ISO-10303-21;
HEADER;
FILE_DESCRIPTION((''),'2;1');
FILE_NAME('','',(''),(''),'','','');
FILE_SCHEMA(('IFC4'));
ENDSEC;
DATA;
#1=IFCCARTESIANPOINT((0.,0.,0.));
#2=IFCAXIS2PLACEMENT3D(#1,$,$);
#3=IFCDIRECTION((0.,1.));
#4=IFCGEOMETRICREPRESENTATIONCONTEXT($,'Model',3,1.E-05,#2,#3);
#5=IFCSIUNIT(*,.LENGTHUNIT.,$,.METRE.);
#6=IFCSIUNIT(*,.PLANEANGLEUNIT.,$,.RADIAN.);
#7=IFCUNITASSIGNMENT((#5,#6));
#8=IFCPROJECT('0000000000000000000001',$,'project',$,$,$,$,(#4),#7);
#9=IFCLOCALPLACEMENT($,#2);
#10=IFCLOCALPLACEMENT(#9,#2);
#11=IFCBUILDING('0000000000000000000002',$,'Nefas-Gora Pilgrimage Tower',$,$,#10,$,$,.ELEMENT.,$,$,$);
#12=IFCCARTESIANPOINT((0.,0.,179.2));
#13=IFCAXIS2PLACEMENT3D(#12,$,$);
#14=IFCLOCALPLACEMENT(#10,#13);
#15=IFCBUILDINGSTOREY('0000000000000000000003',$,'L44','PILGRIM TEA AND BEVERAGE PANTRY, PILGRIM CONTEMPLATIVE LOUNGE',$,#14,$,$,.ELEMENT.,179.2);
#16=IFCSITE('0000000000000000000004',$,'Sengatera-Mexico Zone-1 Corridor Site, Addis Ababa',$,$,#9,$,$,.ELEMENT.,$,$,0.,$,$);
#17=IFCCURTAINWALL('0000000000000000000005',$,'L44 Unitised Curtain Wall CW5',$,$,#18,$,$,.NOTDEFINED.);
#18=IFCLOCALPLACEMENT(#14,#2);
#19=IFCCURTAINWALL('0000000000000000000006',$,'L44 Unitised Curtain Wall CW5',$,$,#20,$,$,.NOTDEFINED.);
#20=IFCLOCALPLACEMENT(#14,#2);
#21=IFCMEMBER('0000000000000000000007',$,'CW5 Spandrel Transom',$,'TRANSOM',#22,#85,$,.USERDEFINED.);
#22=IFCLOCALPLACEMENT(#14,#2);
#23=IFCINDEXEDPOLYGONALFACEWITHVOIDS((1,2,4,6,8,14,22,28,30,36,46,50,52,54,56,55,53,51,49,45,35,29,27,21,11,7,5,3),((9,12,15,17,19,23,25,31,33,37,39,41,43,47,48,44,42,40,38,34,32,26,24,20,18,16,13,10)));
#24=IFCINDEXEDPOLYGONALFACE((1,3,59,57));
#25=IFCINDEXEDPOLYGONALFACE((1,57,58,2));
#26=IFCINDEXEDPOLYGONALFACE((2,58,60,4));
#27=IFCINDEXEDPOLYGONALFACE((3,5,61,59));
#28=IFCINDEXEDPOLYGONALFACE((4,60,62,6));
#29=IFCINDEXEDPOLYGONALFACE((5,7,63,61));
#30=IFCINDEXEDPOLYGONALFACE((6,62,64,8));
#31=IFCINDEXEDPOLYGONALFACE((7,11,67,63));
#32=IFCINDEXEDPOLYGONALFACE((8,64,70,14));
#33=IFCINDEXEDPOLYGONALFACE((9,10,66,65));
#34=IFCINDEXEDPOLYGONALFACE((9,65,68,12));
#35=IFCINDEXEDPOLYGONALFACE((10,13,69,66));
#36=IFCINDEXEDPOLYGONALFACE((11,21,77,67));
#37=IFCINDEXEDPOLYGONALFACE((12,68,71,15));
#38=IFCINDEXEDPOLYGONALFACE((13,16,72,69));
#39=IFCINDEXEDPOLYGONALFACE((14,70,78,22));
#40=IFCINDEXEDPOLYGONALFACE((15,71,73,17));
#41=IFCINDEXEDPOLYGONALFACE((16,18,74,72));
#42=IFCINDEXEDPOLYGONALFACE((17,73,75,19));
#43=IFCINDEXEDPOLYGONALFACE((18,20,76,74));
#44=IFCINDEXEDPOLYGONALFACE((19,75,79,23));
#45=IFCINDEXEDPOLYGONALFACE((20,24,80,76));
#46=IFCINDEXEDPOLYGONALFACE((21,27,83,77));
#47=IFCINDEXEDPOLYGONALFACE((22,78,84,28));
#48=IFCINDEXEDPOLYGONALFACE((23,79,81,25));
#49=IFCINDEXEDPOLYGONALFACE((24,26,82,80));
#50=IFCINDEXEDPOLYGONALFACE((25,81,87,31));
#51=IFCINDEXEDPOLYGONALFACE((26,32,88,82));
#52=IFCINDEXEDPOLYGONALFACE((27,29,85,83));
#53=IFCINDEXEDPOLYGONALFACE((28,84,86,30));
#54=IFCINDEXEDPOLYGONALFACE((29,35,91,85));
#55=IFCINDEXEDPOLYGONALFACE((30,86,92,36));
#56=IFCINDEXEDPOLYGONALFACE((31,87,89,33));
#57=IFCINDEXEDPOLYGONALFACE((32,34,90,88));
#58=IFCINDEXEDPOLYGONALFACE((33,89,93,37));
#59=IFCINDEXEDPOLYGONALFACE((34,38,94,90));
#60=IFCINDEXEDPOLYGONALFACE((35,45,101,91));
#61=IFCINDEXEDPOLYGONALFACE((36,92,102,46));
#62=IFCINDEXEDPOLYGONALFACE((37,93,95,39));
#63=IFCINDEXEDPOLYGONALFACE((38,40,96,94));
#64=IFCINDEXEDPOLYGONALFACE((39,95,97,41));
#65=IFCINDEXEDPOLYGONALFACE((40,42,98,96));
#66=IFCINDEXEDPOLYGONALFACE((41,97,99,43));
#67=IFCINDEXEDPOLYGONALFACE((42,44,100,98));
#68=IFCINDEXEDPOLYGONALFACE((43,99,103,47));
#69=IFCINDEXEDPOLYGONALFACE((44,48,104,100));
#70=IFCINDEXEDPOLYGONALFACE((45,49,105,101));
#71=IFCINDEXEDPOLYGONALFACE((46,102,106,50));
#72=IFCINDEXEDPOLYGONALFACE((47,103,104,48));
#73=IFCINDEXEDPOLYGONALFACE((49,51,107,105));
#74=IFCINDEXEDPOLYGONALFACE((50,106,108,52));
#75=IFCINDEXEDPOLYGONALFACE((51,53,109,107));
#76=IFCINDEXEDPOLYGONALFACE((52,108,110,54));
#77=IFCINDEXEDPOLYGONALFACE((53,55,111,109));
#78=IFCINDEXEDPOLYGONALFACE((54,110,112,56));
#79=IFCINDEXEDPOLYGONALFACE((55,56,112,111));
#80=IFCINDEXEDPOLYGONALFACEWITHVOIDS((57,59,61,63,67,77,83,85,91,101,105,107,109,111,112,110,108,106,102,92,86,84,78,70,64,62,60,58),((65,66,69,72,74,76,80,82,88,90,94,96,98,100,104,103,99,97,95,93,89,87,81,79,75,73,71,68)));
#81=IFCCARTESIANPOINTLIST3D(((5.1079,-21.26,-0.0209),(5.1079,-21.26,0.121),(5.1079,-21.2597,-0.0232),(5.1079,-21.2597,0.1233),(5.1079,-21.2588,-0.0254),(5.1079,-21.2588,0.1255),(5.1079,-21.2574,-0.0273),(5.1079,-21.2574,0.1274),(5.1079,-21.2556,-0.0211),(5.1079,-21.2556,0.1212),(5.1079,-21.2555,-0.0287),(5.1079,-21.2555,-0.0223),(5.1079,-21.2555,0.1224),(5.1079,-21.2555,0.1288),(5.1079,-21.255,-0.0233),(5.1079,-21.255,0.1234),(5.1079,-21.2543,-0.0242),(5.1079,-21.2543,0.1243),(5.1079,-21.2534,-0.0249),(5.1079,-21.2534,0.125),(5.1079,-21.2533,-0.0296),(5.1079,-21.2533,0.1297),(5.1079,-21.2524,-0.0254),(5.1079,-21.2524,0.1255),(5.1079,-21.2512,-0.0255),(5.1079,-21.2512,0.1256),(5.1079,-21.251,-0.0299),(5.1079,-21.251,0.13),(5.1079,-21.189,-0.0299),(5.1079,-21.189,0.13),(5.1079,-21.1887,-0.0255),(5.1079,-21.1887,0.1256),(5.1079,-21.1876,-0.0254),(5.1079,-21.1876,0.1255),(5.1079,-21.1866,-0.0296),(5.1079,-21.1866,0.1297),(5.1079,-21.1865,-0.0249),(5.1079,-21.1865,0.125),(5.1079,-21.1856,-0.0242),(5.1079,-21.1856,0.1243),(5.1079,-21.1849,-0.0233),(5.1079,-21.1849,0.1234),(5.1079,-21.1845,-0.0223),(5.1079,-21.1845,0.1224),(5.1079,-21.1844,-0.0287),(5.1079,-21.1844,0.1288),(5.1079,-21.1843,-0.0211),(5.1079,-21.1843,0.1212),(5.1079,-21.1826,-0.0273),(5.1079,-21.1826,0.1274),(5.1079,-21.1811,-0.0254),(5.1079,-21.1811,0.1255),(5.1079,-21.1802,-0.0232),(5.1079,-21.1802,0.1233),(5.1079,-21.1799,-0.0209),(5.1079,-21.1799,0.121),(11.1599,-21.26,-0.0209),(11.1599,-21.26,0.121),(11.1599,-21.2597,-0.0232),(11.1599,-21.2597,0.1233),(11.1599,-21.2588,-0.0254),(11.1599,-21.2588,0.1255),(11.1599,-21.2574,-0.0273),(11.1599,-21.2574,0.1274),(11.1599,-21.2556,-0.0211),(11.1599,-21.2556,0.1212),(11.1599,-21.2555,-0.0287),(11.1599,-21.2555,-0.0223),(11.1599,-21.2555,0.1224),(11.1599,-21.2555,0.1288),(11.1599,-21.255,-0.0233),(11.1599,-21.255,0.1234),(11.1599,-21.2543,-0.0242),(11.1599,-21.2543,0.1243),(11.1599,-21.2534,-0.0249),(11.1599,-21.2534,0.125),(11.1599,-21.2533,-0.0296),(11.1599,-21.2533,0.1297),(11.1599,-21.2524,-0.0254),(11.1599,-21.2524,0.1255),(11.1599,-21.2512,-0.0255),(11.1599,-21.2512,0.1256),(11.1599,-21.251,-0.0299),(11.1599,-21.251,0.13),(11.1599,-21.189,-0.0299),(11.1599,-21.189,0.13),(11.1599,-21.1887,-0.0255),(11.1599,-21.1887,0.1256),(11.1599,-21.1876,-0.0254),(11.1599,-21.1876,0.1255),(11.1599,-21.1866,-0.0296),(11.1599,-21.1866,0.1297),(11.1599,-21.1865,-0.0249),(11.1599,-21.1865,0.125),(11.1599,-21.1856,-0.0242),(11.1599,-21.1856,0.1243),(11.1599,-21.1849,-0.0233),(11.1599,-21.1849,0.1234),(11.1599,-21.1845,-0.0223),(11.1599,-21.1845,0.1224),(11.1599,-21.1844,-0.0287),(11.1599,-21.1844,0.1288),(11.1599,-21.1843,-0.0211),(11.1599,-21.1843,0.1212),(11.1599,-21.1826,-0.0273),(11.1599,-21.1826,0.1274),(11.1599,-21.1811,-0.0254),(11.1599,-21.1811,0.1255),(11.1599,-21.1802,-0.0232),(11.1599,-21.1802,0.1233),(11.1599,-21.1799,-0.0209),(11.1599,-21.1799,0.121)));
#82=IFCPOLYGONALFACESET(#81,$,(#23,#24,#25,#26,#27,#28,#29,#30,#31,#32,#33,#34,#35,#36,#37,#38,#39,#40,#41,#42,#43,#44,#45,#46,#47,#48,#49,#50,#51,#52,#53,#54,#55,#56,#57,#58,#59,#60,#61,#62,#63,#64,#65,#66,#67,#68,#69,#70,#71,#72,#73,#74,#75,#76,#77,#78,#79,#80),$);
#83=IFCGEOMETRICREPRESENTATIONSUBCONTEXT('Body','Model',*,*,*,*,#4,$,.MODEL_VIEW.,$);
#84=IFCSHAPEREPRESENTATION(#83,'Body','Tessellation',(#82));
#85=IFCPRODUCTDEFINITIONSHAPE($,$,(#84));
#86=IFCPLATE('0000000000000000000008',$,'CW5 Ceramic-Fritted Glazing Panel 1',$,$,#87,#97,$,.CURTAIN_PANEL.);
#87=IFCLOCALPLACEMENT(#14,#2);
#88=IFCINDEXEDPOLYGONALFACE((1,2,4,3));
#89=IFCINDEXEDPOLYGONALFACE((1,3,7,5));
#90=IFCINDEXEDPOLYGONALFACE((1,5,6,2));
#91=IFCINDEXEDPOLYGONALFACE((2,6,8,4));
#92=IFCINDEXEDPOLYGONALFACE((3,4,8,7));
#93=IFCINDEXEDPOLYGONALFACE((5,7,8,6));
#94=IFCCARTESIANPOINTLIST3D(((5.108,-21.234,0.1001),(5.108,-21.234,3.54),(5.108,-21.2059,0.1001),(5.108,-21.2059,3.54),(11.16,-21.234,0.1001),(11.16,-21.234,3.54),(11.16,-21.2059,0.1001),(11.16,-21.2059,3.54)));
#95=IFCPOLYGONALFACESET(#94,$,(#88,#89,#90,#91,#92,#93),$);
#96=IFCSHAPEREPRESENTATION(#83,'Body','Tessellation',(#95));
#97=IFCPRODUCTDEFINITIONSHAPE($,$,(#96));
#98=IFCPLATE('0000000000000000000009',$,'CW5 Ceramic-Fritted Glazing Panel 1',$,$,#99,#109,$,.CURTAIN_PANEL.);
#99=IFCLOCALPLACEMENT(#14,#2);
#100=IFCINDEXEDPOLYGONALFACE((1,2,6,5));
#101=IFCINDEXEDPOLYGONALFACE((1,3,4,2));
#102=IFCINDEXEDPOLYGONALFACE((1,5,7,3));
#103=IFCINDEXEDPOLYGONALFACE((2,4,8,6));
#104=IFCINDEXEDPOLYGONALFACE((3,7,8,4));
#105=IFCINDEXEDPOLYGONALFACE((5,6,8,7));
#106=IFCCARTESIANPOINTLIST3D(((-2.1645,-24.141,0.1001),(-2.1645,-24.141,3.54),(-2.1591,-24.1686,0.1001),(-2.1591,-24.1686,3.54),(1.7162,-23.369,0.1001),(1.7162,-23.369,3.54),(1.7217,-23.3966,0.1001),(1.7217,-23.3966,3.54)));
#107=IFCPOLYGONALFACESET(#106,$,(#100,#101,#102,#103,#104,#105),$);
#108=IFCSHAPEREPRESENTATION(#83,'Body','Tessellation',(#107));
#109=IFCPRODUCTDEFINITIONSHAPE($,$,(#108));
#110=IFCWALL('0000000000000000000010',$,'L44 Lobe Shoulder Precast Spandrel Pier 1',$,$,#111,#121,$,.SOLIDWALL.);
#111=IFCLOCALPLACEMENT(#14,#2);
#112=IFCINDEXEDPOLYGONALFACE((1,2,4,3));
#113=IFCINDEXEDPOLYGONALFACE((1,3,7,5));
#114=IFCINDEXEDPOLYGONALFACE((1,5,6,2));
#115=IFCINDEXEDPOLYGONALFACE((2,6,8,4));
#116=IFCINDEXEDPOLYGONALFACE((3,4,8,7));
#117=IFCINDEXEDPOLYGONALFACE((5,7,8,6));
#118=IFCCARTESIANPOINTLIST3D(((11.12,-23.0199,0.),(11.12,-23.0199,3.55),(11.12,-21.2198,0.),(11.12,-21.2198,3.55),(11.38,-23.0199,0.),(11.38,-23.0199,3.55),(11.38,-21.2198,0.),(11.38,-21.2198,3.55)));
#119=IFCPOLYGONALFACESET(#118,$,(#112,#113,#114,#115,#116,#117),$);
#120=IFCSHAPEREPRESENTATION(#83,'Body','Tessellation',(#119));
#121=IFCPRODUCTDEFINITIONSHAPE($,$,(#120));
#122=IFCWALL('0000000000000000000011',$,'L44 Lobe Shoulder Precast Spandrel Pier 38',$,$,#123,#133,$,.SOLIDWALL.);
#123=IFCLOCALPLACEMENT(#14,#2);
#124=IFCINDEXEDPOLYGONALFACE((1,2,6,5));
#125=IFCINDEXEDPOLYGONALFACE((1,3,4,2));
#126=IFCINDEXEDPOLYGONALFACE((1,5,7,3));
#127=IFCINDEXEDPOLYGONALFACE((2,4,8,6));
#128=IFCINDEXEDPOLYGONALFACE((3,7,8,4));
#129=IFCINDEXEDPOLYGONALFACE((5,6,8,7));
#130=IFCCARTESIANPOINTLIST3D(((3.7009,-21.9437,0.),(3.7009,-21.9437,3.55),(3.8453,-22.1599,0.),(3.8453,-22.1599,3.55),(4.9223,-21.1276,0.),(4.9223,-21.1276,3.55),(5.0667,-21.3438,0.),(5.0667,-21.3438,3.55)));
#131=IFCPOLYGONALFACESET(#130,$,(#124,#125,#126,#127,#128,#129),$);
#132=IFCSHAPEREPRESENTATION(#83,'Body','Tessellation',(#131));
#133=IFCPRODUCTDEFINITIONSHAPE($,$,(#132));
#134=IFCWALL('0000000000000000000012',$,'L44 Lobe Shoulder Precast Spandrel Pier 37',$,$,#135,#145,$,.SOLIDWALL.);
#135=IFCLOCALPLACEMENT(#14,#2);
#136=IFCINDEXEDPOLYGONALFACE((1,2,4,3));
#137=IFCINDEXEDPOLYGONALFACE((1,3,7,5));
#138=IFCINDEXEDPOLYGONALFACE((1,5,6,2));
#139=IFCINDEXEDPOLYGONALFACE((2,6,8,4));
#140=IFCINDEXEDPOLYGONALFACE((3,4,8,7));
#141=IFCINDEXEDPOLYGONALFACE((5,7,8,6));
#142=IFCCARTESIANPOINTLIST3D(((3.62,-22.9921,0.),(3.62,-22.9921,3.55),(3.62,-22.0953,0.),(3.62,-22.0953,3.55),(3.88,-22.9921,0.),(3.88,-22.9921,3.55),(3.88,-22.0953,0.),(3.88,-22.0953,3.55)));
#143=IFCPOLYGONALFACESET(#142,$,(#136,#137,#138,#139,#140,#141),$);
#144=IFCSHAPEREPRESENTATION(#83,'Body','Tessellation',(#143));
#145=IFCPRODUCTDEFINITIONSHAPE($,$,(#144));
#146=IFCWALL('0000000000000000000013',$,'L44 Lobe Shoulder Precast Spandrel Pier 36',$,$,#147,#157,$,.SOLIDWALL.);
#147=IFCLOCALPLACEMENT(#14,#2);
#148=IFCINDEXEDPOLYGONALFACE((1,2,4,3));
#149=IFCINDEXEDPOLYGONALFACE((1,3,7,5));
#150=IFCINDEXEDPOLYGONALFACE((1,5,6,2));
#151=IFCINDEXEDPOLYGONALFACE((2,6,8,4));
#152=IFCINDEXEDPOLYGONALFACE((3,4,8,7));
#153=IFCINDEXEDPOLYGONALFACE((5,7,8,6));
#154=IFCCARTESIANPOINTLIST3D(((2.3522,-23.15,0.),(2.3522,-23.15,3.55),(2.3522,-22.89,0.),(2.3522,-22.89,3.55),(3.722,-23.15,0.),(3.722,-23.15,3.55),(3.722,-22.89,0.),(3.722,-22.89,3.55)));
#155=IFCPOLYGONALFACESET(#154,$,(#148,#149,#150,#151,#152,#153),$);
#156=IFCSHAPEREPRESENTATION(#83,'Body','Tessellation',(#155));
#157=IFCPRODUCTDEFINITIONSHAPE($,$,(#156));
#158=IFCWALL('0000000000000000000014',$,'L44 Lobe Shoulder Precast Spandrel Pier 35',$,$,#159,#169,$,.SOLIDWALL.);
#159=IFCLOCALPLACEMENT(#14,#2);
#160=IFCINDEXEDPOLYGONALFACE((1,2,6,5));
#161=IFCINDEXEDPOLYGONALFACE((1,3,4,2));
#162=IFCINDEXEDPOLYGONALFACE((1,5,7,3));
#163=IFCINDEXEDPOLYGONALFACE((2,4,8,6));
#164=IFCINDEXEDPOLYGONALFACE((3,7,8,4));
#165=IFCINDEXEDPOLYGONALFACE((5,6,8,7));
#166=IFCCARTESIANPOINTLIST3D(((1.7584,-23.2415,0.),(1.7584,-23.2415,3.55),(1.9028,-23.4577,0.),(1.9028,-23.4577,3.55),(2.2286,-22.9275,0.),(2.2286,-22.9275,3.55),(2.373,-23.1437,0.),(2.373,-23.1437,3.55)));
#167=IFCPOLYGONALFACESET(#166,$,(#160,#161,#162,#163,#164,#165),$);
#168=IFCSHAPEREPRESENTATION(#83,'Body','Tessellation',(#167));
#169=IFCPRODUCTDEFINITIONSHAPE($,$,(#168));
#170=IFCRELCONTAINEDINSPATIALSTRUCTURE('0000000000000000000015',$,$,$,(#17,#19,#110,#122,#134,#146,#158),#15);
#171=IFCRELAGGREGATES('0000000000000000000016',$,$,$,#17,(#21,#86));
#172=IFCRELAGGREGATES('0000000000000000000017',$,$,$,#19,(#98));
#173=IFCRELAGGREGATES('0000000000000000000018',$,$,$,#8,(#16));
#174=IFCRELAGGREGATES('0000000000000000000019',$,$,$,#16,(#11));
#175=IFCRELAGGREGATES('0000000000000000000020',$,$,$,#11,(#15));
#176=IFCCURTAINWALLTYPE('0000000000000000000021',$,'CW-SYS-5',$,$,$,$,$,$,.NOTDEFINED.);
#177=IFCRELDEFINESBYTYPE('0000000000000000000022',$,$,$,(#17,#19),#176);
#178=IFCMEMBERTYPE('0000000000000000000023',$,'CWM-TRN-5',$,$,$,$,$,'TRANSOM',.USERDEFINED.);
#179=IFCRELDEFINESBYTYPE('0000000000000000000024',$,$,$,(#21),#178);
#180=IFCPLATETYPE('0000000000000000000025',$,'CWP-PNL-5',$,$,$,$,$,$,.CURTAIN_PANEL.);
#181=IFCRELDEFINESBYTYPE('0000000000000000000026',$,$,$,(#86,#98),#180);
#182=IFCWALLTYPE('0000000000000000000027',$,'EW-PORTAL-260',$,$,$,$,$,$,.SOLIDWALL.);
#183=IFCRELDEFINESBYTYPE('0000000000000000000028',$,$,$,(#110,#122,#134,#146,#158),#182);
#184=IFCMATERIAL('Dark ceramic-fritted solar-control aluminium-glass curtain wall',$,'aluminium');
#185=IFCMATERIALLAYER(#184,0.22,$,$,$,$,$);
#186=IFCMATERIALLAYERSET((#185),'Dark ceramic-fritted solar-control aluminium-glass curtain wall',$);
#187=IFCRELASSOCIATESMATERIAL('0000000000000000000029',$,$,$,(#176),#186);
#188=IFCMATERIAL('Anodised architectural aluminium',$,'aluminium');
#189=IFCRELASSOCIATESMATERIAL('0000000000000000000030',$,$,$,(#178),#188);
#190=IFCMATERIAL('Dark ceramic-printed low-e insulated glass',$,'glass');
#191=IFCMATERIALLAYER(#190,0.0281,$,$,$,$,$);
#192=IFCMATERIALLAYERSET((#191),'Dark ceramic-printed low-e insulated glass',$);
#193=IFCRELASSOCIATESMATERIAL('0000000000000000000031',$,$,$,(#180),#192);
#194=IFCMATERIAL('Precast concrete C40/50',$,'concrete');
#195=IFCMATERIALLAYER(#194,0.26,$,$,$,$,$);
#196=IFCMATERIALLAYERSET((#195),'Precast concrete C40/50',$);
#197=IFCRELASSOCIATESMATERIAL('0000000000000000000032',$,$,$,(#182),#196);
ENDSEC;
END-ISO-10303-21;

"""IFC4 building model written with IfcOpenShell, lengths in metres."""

from ifc_helpers import new_model, si_unit, direction, frame, frame_2d, origin, origin_2d, place, context, subcontext, project, spatial, rectangle, hollow_rectangle, extrude, source, transform, mapped, material, layer, layer_set, material_profile, profile_set, type_object, element, aggregate, save


model = new_model("IFC4")

# Units and contexts
model_context = context("Model", 3, precision=1e-05, world=origin(), true_north=direction((0.0, 1.0)))
body_context = subcontext(model_context, "Body", "Model", "MODEL_VIEW")
ifc_project = project(units=[si_unit("LENGTHUNIT", "METRE"), si_unit("PLANEANGLEUNIT", "RADIAN")], contexts=[model_context])

# Site, building, storey
site_placement = place(None, origin())
site = spatial("IfcSite", under=ifc_project, at=site_placement, Name="Sengatera-Mexico Zone-1 Corridor Site, Addis Ababa", CompositionType="ELEMENT", RefElevation=0.0)
building_placement = place(site_placement, origin())
building = spatial("IfcBuilding", under=site, at=building_placement, Name="Nefas-Gora Pilgrimage Tower", CompositionType="ELEMENT")
storey_placement = place(building_placement, frame((0.0, 0.0, 179.2)))
storey = spatial("IfcBuildingStorey", under=building, at=storey_placement, Name="L44", Description="PILGRIM TEA AND BEVERAGE PANTRY, PILGRIM CONTEMPLATIVE LOUNGE", CompositionType="ELEMENT", Elevation=179.2)

# Curtain wall
ifc_material_1 = material(Name="Dark ceramic-fritted solar-control aluminium-glass curtain wall", Category="aluminium")
ifc_layer_1 = layer(ifc_material_1, 0.22)
ifc_layer_set_1 = layer_set([ifc_layer_1], Name="Dark ceramic-fritted solar-control aluminium-glass curtain wall")
curtain_wall_type = type_object("IfcCurtainWallType", Name="CW-SYS-5", PredefinedType="NOTDEFINED", material=ifc_layer_set_1)
curtain_wall_1_placement = place(storey_placement, origin())
curtain_wall_1 = element("IfcCurtainWall", 1, at=curtain_wall_1_placement, inside=storey, type_object=curtain_wall_type, Name="L44 Unitised Curtain Wall CW5", PredefinedType="NOTDEFINED")
ifc_material_2 = material(Name="Anodised architectural aluminium", Category="aluminium")

# Curtain wall
curtain_wall_2_placement = place(storey_placement, origin())
curtain_wall_2 = element("IfcCurtainWall", 2, at=curtain_wall_2_placement, inside=storey, type_object=curtain_wall_type, Name="L44 Unitised Curtain Wall CW5", PredefinedType="NOTDEFINED")

# Member
ifc_material_profile_1 = material_profile(ifc_material_2, hollow_rectangle(XDim=0.0801, YDim=0.1599, WallThickness=0.0044, InnerFilletRadius=0.0044, OuterFilletRadius=0.009, at=origin_2d()), Name="ALU TRANSOM 80x160")
ifc_profile_set_1 = profile_set([ifc_material_profile_1], Name="Anodised architectural aluminium")
member_type_1 = type_object("IfcMemberType", Name="CWM-TRN-5", ElementType="TRANSOM", PredefinedType="USERDEFINED", material=ifc_profile_set_1)
shared_shape_1 = source(origin(), body_context, "Body", "SweptSolid", [
    extrude(hollow_rectangle(XDim=0.0801, YDim=0.1599, WallThickness=0.0044, InnerFilletRadius=0.0044, OuterFilletRadius=0.009, at=origin_2d()), origin(), (0.0, 0.0, 1.0), 6.052),
])
member_1_placement = place(storey_placement, frame((5.1079, -21.22, 0.05), z_axis=(1.0, 0.0, 0.0), x_axis=(0.0, 1.0, 0.0)))
member_1 = element("IfcMember", 3, at=member_1_placement, type_object=member_type_1, Name="CW5 Spandrel Transom", ObjectType="TRANSOM", PredefinedType="USERDEFINED", context=body_context, shape_type="MappedRepresentation", body=[
    mapped(shared_shape_1, transform((0.0, 0.0, 0.0), x_axis=(1.0, 0.0, 0.0), y_axis=(0.0, 1.0, 0.0), z_axis=(0.0, 0.0, 1.0), scale=1.0)),
])

# Plates
ifc_material_3 = material(Name="Dark ceramic-printed low-e insulated glass", Category="glass")
ifc_layer_2 = layer(ifc_material_3, 0.0281)
ifc_layer_set_2 = layer_set([ifc_layer_2], Name="Dark ceramic-printed low-e insulated glass")
plate_type = type_object("IfcPlateType", Name="CWP-PNL-5", PredefinedType="CURTAIN_PANEL", material=ifc_layer_set_2)
shared_shape_2 = source(origin(), body_context, "Body", "SweptSolid", [
    extrude(rectangle(XDim=6.052, YDim=0.0281, at=origin_2d()), origin(), (0.0, 0.0, 1.0), 3.4399),
])
plate_1_placement = place(storey_placement, frame((8.134, -21.22, 0.1001), z_axis=(0.0, 0.0, 1.0), x_axis=(1.0, 0.0, 0.0)))
plate_1 = element("IfcPlate", 4, at=plate_1_placement, type_object=plate_type, Name="CW5 Ceramic-Fritted Glazing Panel 1", PredefinedType="CURTAIN_PANEL", context=body_context, shape_type="MappedRepresentation", body=[
    mapped(shared_shape_2, transform((0.0, 0.0, 0.0), x_axis=(1.0, 0.0, 0.0), y_axis=(0.0, 1.0, 0.0), z_axis=(0.0, 0.0, 1.0), scale=1.0)),
])
aggregate(curtain_wall_1, [member_1, plate_1])
shared_shape_3 = source(origin(), body_context, "Body", "SweptSolid", [
    extrude(rectangle(XDim=3.9568, YDim=0.0281, at=origin_2d()), origin(), (0.0, 0.0, 1.0), 3.4399),
])
plate_2_placement = place(storey_placement, frame((-0.2214, -23.7688, 0.1001), z_axis=(0.0, 0.0, 1.0), x_axis=(0.980783, 0.195102, 0.0)))
plate_2 = element("IfcPlate", 5, at=plate_2_placement, type_object=plate_type, Name="CW5 Ceramic-Fritted Glazing Panel 1", PredefinedType="CURTAIN_PANEL", context=body_context, shape_type="MappedRepresentation", body=[
    mapped(shared_shape_3, transform((0.0, 0.0, 0.0), x_axis=(1.0, 0.0, 0.0), y_axis=(0.0, 1.0, 0.0), z_axis=(0.0, 0.0, 1.0), scale=1.0)),
])
aggregate(curtain_wall_2, [plate_2])

# Walls
ifc_material_4 = material(Name="Precast concrete C40/50", Category="concrete")
ifc_layer_3 = layer(ifc_material_4, 0.26)
ifc_layer_set_3 = layer_set([ifc_layer_3], Name="Precast concrete C40/50")
wall_type_1 = type_object("IfcWallType", Name="EW-PORTAL-260", PredefinedType="SOLIDWALL", material=ifc_layer_set_3)
shared_shape_4 = source(origin(), body_context, "Body", "SweptSolid", [
    extrude(rectangle(XDim=1.8, YDim=0.26, at=frame_2d((0.8999, 0.0))), origin(), (0.0, 0.0, 1.0), 3.55),
])
wall_1_placement = place(storey_placement, frame((11.25, -21.22, 0.0), z_axis=(0.0, 0.0, 1.0), x_axis=(0.0, -1.0, 0.0)))
element("IfcWall", 6, at=wall_1_placement, inside=storey, type_object=wall_type_1, Name="L44 Lobe Shoulder Precast Spandrel Pier 1", PredefinedType="SOLIDWALL", context=body_context, shape_type="MappedRepresentation", body=[
    mapped(shared_shape_4, transform((0.0, 0.0, 0.0), x_axis=(1.0, 0.0, 0.0), y_axis=(0.0, 1.0, 0.0), z_axis=(0.0, 0.0, 1.0), scale=1.0)),
])
shared_shape_5 = source(origin(), body_context, "Body", "SweptSolid", [
    extrude(rectangle(XDim=1.469, YDim=0.26, at=frame_2d((0.7344, 0.0))), origin(), (0.0, 0.0, 1.0), 3.55),
])
wall_2_placement = place(storey_placement, frame((3.7732, -22.0518, 0.0), z_axis=(0.0, 0.0, 1.0), x_axis=(0.831462, 0.555582, 0.0)))
element("IfcWall", 7, at=wall_2_placement, inside=storey, type_object=wall_type_1, Name="L44 Lobe Shoulder Precast Spandrel Pier 38", PredefinedType="SOLIDWALL", context=body_context, shape_type="MappedRepresentation", body=[
    mapped(shared_shape_5, transform((0.0, 0.0, 0.0), x_axis=(1.0, 0.0, 0.0), y_axis=(0.0, 1.0, 0.0), z_axis=(0.0, 0.0, 1.0), scale=1.0)),
])
shared_shape_6 = source(origin(), body_context, "Body", "SweptSolid", [
    extrude(rectangle(XDim=0.8967, YDim=0.26, at=frame_2d((0.4482, 0.0))), origin(), (0.0, 0.0, 1.0), 3.55),
])
wall_3_placement = place(storey_placement, frame((3.75, -22.9919, 0.0), z_axis=(0.0, 0.0, 1.0), x_axis=(0.0, 1.0, 0.0)))
element("IfcWall", 8, at=wall_3_placement, inside=storey, type_object=wall_type_1, Name="L44 Lobe Shoulder Precast Spandrel Pier 37", PredefinedType="SOLIDWALL", context=body_context, shape_type="MappedRepresentation", body=[
    mapped(shared_shape_6, transform((0.0, 0.0, 0.0), x_axis=(1.0, 0.0, 0.0), y_axis=(0.0, 1.0, 0.0), z_axis=(0.0, 0.0, 1.0), scale=1.0)),
])
shared_shape_7 = source(origin(), body_context, "Body", "SweptSolid", [
    extrude(rectangle(XDim=1.3699, YDim=0.26, at=frame_2d((0.6851, 0.0))), origin(), (0.0, 0.0, 1.0), 3.55),
])
wall_4_placement = place(storey_placement, frame((2.3521, -23.02, 0.0), z_axis=(0.0, 0.0, 1.0), x_axis=(1.0, 0.0, 0.0)))
element("IfcWall", 9, at=wall_4_placement, inside=storey, type_object=wall_type_1, Name="L44 Lobe Shoulder Precast Spandrel Pier 36", PredefinedType="SOLIDWALL", context=body_context, shape_type="MappedRepresentation", body=[
    mapped(shared_shape_7, transform((0.0, 0.0, 0.0), x_axis=(1.0, 0.0, 0.0), y_axis=(0.0, 1.0, 0.0), z_axis=(0.0, 0.0, 1.0), scale=1.0)),
])
shared_shape_8 = source(origin(), body_context, "Body", "SweptSolid", [
    extrude(rectangle(XDim=0.5654, YDim=0.26, at=frame_2d((0.2827, 0.0))), origin(), (0.0, 0.0, 1.0), 3.55),
])
wall_5_placement = place(storey_placement, frame((1.8306, -23.3496, 0.0), z_axis=(0.0, 0.0, 1.0), x_axis=(0.831651, 0.555298, 0.0)))
element("IfcWall", 10, at=wall_5_placement, inside=storey, type_object=wall_type_1, Name="L44 Lobe Shoulder Precast Spandrel Pier 35", PredefinedType="SOLIDWALL", context=body_context, shape_type="MappedRepresentation", body=[
    mapped(shared_shape_8, transform((0.0, 0.0, 0.0), x_axis=(1.0, 0.0, 0.0), y_axis=(0.0, 1.0, 0.0), z_axis=(0.0, 0.0, 1.0), scale=1.0)),
])

save(model, "model.ifc")
